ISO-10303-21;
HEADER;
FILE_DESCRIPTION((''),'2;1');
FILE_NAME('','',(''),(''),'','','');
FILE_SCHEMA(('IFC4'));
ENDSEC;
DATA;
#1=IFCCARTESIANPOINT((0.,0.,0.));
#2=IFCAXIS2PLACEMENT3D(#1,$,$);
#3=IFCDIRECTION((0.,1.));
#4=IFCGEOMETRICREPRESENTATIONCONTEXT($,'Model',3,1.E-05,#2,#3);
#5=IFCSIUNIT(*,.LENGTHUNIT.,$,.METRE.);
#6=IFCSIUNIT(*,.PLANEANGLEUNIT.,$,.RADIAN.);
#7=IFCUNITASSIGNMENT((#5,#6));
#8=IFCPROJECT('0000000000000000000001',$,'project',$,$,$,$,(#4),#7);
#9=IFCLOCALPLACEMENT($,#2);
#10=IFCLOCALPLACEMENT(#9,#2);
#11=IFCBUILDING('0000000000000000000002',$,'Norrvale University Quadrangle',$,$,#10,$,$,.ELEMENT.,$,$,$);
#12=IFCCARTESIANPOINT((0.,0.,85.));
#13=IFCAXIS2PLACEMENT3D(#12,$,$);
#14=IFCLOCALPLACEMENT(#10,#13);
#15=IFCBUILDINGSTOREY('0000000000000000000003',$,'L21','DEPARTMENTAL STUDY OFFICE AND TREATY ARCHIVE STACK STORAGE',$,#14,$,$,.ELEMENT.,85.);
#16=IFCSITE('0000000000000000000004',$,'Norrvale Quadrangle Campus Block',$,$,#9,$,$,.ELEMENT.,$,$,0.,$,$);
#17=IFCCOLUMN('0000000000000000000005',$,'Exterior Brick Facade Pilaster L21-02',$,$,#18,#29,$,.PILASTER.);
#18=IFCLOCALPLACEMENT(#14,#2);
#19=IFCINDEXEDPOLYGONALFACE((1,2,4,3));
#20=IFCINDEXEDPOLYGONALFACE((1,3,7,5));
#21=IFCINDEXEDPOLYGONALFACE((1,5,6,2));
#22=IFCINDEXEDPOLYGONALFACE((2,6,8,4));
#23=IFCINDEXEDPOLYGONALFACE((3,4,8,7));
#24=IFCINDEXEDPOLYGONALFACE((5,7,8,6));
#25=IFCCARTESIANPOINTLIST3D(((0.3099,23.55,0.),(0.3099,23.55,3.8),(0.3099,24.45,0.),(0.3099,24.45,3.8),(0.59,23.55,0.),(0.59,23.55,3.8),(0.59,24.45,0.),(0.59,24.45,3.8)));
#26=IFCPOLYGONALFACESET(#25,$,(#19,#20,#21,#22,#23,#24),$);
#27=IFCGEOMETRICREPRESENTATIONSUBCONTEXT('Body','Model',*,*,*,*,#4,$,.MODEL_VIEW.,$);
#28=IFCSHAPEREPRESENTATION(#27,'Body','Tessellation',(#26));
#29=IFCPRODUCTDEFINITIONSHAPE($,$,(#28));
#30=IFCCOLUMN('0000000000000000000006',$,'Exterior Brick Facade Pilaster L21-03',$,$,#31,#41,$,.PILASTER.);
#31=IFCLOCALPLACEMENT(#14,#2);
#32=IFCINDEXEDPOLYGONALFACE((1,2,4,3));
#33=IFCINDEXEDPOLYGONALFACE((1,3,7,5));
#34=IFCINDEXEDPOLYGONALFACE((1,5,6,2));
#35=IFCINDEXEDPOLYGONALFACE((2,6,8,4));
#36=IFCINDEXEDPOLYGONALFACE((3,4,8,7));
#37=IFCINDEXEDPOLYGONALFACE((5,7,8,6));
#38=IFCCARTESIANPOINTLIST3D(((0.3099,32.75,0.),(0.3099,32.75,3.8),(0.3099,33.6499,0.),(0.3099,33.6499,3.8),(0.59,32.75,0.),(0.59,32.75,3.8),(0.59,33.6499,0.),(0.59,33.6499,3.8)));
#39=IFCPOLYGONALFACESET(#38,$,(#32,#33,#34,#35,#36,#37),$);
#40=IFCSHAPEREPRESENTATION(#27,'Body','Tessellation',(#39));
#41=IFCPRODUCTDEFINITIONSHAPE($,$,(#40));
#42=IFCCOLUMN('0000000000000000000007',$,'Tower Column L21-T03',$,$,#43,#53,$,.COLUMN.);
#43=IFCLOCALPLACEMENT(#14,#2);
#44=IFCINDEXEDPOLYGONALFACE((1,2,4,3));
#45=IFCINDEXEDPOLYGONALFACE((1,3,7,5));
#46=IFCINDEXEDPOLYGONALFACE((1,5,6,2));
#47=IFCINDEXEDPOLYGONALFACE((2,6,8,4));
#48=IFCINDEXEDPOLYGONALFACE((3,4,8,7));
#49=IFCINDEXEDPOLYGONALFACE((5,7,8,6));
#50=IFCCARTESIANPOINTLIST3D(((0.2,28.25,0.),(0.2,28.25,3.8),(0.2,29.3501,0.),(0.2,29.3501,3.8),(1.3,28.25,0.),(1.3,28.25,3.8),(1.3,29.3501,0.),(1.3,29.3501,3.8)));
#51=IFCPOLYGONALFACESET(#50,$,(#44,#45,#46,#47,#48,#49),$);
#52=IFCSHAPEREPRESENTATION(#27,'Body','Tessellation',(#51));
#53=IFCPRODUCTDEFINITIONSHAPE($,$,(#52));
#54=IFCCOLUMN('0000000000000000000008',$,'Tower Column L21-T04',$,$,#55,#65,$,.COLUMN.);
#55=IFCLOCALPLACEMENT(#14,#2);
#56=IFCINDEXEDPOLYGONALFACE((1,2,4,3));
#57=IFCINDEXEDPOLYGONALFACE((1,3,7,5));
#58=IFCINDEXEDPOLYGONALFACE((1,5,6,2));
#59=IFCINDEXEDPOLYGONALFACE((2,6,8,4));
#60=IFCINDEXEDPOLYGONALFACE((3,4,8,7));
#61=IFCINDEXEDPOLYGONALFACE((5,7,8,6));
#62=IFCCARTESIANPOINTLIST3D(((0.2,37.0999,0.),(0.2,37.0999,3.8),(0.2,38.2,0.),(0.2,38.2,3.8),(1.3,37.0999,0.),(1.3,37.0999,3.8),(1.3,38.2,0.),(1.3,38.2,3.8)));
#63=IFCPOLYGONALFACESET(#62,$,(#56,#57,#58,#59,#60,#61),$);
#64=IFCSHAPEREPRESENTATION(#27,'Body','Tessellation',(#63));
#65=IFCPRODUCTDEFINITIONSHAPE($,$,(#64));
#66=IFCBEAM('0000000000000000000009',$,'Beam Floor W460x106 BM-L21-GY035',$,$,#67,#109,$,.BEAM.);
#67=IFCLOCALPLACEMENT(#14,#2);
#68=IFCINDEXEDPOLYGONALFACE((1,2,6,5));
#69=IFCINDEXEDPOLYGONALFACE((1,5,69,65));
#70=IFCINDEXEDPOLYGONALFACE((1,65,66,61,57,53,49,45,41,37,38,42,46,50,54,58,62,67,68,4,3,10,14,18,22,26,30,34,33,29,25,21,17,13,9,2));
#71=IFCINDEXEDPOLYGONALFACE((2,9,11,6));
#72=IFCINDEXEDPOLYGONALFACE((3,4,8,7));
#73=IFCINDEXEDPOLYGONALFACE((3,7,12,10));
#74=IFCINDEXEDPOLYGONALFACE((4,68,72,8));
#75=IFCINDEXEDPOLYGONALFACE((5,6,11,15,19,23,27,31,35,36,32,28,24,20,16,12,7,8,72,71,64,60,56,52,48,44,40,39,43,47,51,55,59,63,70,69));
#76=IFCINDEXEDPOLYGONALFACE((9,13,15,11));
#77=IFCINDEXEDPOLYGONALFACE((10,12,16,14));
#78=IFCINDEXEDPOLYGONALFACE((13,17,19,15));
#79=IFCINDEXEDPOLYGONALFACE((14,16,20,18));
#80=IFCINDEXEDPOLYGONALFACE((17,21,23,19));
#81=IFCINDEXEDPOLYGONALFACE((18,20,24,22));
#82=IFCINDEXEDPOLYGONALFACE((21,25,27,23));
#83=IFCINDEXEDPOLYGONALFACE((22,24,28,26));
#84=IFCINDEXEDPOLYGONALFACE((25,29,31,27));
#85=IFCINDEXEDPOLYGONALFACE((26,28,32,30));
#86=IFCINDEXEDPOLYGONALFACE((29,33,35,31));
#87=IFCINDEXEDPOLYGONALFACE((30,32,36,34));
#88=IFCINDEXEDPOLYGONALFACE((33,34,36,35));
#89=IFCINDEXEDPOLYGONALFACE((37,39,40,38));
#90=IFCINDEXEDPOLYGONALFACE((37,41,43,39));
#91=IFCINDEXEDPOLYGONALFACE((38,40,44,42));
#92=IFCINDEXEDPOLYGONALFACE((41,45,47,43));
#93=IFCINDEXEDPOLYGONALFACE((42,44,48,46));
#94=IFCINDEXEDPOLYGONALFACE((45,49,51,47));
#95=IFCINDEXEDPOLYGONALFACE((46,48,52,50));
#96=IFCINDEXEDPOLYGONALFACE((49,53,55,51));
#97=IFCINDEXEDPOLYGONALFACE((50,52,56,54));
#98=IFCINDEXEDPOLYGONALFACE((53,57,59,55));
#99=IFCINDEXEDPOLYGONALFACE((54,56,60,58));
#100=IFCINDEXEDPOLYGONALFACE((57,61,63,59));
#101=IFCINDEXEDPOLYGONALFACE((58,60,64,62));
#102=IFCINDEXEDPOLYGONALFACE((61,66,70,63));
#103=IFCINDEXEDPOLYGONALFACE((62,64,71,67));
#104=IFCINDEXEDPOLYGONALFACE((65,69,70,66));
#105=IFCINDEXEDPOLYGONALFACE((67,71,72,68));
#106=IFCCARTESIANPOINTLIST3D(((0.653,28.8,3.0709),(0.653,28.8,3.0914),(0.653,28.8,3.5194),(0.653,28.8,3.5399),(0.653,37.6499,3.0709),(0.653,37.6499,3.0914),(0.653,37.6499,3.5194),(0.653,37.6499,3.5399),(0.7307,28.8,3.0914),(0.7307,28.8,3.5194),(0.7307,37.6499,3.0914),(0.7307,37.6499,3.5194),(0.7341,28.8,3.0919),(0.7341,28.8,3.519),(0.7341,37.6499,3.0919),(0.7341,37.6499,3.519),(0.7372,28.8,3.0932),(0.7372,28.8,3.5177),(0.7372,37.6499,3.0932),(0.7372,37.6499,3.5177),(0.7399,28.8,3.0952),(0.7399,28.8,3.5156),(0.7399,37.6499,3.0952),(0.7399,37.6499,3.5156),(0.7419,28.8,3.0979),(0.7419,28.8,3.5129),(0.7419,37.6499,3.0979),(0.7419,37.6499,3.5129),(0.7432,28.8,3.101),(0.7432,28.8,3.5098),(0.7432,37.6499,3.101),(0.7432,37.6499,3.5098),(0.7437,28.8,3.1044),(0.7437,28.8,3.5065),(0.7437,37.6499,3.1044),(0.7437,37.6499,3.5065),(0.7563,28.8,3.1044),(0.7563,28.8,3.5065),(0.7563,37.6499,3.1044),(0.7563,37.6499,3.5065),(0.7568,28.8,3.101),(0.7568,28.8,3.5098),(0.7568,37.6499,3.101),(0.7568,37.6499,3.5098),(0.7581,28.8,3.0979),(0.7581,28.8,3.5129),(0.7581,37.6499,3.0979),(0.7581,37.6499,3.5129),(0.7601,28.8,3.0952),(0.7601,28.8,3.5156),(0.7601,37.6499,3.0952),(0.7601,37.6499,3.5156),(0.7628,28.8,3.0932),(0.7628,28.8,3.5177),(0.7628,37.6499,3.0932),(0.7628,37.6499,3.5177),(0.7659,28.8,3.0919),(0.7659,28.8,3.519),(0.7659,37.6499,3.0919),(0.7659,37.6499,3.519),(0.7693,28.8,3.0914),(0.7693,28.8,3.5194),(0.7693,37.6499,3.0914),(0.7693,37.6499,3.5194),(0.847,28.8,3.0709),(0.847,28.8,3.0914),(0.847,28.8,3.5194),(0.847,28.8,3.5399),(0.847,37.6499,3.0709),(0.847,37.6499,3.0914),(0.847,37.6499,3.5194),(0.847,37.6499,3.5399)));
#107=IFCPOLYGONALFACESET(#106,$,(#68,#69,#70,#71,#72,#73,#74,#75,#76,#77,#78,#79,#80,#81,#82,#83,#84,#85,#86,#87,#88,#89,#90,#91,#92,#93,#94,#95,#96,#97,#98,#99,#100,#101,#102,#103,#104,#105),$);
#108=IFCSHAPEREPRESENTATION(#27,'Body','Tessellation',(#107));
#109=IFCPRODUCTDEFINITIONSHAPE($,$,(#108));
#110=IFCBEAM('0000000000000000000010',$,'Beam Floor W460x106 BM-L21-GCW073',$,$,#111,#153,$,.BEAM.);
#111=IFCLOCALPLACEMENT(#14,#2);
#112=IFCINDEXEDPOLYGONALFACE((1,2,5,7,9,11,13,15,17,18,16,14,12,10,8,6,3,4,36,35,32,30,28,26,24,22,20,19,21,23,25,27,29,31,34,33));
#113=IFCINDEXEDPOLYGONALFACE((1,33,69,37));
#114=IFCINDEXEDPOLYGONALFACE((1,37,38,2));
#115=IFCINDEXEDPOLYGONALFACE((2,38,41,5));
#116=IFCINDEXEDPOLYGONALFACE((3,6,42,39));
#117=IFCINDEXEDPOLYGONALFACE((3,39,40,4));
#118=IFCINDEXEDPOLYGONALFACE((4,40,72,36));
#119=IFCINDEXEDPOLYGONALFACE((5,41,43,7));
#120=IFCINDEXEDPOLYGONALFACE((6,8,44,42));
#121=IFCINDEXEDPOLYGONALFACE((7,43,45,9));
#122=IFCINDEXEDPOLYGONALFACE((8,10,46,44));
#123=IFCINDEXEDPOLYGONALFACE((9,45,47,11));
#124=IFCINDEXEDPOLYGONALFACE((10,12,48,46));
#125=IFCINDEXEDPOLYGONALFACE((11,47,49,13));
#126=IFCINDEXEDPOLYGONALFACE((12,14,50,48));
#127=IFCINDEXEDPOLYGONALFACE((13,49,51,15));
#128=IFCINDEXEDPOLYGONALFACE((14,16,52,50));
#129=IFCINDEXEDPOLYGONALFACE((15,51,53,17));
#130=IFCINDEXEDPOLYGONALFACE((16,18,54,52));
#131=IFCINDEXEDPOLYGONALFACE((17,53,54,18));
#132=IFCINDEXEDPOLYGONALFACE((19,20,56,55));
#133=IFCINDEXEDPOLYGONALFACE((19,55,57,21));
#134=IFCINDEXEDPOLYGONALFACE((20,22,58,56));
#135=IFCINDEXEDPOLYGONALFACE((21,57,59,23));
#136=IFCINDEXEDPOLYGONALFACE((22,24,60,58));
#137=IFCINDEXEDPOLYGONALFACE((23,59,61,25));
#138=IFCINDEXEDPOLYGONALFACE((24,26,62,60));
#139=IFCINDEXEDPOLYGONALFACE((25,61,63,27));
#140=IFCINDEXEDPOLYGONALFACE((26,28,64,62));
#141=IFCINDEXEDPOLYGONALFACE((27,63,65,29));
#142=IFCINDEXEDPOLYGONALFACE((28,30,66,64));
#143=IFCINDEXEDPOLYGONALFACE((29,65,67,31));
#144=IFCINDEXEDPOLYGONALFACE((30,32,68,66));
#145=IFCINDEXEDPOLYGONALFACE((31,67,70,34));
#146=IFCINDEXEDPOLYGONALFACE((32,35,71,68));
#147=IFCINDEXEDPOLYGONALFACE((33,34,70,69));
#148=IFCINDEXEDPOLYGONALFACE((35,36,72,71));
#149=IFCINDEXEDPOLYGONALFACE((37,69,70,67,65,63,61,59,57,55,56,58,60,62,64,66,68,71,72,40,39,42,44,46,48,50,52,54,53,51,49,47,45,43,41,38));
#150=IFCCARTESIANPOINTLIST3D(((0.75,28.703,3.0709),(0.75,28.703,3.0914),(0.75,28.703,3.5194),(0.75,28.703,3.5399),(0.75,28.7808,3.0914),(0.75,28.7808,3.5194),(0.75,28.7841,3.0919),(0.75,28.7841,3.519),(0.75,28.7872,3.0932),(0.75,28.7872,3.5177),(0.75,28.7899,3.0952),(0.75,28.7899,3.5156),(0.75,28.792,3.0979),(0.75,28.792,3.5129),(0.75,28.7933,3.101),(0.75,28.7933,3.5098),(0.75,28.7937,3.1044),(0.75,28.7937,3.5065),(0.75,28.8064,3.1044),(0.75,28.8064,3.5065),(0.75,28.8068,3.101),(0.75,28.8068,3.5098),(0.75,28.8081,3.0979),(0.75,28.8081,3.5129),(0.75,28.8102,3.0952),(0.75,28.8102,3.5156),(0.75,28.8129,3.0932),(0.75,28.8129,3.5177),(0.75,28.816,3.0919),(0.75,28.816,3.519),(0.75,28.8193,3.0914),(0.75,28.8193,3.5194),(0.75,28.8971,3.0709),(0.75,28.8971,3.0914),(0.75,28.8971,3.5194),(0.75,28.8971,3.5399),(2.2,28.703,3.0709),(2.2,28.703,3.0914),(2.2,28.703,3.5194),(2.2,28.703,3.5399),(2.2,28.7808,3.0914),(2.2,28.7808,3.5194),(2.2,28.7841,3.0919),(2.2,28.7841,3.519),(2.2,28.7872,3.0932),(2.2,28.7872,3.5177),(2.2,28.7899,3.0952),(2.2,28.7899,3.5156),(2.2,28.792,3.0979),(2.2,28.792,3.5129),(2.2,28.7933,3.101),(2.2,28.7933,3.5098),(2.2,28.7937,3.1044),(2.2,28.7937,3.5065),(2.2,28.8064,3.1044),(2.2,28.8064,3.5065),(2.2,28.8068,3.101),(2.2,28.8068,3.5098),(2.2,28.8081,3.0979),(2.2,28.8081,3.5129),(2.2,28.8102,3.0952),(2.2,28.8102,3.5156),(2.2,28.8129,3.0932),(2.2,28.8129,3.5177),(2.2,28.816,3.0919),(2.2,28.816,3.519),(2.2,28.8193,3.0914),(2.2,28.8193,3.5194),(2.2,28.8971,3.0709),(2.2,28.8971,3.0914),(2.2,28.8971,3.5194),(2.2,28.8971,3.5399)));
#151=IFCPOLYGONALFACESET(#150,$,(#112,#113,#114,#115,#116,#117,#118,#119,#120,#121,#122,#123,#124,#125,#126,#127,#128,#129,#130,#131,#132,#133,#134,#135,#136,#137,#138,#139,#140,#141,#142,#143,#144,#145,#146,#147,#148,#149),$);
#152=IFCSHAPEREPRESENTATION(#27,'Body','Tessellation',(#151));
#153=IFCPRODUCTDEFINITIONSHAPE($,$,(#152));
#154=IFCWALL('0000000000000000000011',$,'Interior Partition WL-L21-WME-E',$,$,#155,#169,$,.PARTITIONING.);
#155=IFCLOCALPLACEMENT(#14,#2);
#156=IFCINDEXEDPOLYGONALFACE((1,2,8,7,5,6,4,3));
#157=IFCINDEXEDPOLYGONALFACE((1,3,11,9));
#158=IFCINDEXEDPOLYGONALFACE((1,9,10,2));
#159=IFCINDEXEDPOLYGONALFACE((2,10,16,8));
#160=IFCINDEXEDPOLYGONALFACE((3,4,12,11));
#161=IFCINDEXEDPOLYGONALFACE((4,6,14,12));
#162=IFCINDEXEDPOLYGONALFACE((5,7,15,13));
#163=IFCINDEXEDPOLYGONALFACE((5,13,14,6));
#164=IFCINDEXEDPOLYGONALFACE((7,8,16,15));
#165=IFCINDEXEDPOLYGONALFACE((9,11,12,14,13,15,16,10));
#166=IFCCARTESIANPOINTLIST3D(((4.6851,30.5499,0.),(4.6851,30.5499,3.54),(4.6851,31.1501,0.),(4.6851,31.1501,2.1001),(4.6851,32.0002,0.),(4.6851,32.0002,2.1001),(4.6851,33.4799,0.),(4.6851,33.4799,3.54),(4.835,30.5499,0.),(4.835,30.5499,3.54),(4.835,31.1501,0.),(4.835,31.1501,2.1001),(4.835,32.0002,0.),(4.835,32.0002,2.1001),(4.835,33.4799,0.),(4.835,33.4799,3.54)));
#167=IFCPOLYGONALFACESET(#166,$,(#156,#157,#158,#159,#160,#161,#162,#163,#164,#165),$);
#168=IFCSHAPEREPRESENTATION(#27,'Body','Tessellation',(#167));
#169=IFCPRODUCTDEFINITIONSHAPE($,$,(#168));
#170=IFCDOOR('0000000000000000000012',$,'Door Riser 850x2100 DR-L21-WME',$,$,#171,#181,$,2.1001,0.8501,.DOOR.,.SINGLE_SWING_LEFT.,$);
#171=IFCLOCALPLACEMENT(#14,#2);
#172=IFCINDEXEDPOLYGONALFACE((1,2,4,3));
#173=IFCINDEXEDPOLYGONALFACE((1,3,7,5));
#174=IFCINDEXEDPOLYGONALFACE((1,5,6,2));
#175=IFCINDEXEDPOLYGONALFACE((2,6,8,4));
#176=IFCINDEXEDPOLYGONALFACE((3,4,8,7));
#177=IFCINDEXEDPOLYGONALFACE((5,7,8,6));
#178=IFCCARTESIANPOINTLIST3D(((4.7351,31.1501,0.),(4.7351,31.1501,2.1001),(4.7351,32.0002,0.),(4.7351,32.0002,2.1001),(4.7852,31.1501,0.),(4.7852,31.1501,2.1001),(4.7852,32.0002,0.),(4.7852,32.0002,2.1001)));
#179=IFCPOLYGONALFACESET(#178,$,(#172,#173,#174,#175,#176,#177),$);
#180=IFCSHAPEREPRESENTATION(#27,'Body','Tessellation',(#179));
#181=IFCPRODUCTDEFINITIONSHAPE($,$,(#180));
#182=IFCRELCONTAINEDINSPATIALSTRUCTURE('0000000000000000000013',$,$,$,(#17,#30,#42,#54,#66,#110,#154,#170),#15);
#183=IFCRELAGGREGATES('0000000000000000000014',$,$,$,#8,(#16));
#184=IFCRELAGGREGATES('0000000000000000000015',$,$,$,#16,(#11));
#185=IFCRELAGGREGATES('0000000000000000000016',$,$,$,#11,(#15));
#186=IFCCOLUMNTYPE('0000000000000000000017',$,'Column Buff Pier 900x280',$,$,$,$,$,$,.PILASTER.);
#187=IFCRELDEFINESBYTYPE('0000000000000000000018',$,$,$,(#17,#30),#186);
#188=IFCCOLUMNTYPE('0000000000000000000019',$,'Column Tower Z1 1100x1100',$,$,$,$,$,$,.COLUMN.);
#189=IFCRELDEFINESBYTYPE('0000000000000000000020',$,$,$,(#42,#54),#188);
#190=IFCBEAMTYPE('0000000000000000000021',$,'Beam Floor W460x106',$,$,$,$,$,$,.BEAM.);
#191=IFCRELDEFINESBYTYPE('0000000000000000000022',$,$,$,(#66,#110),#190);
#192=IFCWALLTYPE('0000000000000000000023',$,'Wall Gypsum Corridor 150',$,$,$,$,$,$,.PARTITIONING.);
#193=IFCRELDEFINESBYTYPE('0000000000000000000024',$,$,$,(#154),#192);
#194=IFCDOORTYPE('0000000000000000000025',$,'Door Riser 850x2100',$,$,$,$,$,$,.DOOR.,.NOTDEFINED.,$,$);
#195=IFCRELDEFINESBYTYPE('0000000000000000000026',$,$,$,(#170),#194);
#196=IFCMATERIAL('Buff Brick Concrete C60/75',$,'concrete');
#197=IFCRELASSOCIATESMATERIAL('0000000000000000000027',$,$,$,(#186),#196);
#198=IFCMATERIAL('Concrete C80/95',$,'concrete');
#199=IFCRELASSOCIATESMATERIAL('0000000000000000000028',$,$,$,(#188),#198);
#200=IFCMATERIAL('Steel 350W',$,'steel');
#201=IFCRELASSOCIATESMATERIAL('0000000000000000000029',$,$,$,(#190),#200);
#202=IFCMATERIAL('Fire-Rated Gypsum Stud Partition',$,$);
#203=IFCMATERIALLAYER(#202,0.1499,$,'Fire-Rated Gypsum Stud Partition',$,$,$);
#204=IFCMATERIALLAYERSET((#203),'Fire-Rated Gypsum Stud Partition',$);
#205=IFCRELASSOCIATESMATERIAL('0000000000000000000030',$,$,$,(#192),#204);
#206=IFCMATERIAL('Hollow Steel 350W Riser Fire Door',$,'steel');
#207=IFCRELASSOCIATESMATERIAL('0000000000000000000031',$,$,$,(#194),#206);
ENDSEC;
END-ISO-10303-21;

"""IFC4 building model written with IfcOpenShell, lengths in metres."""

from ifc_helpers import new_model, si_unit, direction, frame, frame_2d, origin, origin_2d, place, context, subcontext, project, spatial, rectangle, i_section, extrude, material, layer, layer_set, material_profile, profile_set, type_object, element, fill, save


model = new_model("IFC4")

# Units and contexts
model_context = context("Model", 3, precision=1e-05, world=origin(), true_north=direction((0.0, 1.0)))
body_context = subcontext(model_context, "Body", "Model", "MODEL_VIEW")
ifc_project = project(units=[si_unit("LENGTHUNIT", "METRE"), si_unit("PLANEANGLEUNIT", "RADIAN")], contexts=[model_context])

# Site, building, storey
site_placement = place(None, origin())
site = spatial("IfcSite", under=ifc_project, at=site_placement, Name="Norrvale Quadrangle Campus Block", CompositionType="ELEMENT", RefElevation=0.0)
building_placement = place(site_placement, origin())
building = spatial("IfcBuilding", under=site, at=building_placement, Name="Norrvale University Quadrangle", CompositionType="ELEMENT")
storey_placement = place(building_placement, frame((0.0, 0.0, 85.0)))
storey = spatial("IfcBuildingStorey", under=building, at=storey_placement, Name="L21", Description="DEPARTMENTAL STUDY OFFICE AND TREATY ARCHIVE STACK STORAGE", CompositionType="ELEMENT", Elevation=85.0)

# Columns
ifc_material_1 = material(Name="Buff Brick Concrete C60/75", Category="concrete")
ifc_material_profile_1 = material_profile(ifc_material_1, rectangle(XDim=0.8999, YDim=0.28, at=origin_2d()), Name="Buff Brick Concrete C60/75")
ifc_profile_set_1 = profile_set([ifc_material_profile_1], Name="Buff Brick Concrete C60/75")
column_type_1 = type_object("IfcColumnType", Name="Column Buff Pier 900x280", PredefinedType="PILASTER", material=ifc_profile_set_1)
for number, where, z_axis, x_axis, name in (
    (1, (0.45, 24.0, 0.0), (0.0, 0.0, 1.0), (0.0, 1.0, 0.0), "Exterior Brick Facade Pilaster L21-02"),
    (2, (0.45, 33.2, 0.0), (0.0, 0.0, 1.0), (0.0, 1.0, 0.0), "Exterior Brick Facade Pilaster L21-03"),
):
    element("IfcColumn", number, at=place(storey_placement, frame(where, z_axis=z_axis, x_axis=x_axis)), inside=storey, type_object=column_type_1, Name=name, PredefinedType="PILASTER", context=body_context, shape_type="SweptSolid", body=[
        extrude(rectangle(XDim=0.8999, YDim=0.28, at=origin_2d()), origin(), (0.0, 0.0, 1.0), 3.8),
    ])
ifc_material_2 = material(Name="Concrete C80/95", Category="concrete")
ifc_material_profile_2 = material_profile(ifc_material_2, rectangle(XDim=1.1001, YDim=1.1001, at=origin_2d()), Name="Concrete C80/95")
ifc_profile_set_2 = profile_set([ifc_material_profile_2], Name="Concrete C80/95")
column_type_2 = type_object("IfcColumnType", Name="Column Tower Z1 1100x1100", PredefinedType="COLUMN", material=ifc_profile_set_2)
for number, where, z_axis, x_axis, name in (
    (3, (0.75, 28.8, 0.0), (0.0, 0.0, 1.0), (1.0, 0.0, 0.0), "Tower Column L21-T03"),
    (4, (0.75, 37.6499, 0.0), (0.0, 0.0, 1.0), (1.0, 0.0, 0.0), "Tower Column L21-T04"),
):
    element("IfcColumn", number, at=place(storey_placement, frame(where, z_axis=z_axis, x_axis=x_axis)), inside=storey, type_object=column_type_2, Name=name, PredefinedType="COLUMN", context=body_context, shape_type="SweptSolid", body=[
        extrude(rectangle(XDim=1.1001, YDim=1.1001, at=origin_2d()), origin(), (0.0, 0.0, 1.0), 3.8),
    ])

# Beams
ifc_material_3 = material(Name="Steel 350W", Category="steel")
ifc_material_profile_3 = material_profile(ifc_material_3, i_section(OverallWidth=0.1941, OverallDepth=0.469, WebThickness=0.0127, FlangeThickness=0.0205, FilletRadius=0.0129, at=origin_2d()), Name="Steel 350W")
ifc_profile_set_3 = profile_set([ifc_material_profile_3], Name="Steel 350W")
beam_type = type_object("IfcBeamType", Name="Beam Floor W460x106", PredefinedType="BEAM", material=ifc_profile_set_3)
beam_1_placement = place(storey_placement, frame((0.75, 28.8, 3.3054), z_axis=(0.0, 1.0, 0.0), x_axis=(-1.0, 0.0, 0.0)))
element("IfcBeam", 5, at=beam_1_placement, inside=storey, type_object=beam_type, Name="Beam Floor W460x106 BM-L21-GY035", PredefinedType="BEAM", context=body_context, shape_type="SweptSolid", body=[
    extrude(i_section(OverallWidth=0.1941, OverallDepth=0.469, WebThickness=0.0127, FlangeThickness=0.0205, FilletRadius=0.0129, at=origin_2d()), origin(), (0.0, 0.0, 1.0), 8.8499),
])
beam_2_placement = place(storey_placement, frame((0.75, 28.8, 3.3054), z_axis=(1.0, 0.0, 0.0), x_axis=(0.0, 1.0, 0.0)))
element("IfcBeam", 6, at=beam_2_placement, inside=storey, type_object=beam_type, Name="Beam Floor W460x106 BM-L21-GCW073", PredefinedType="BEAM", context=body_context, shape_type="SweptSolid", body=[
    extrude(i_section(OverallWidth=0.1941, OverallDepth=0.469, WebThickness=0.0127, FlangeThickness=0.0205, FilletRadius=0.0129, at=origin_2d()), origin(), (0.0, 0.0, 1.0), 1.45),
])

# Wall, opening, door
ifc_material_4 = material(Name="Fire-Rated Gypsum Stud Partition")
ifc_layer_1 = layer(ifc_material_4, 0.1499, Name="Fire-Rated Gypsum Stud Partition")
ifc_layer_set_1 = layer_set([ifc_layer_1], Name="Fire-Rated Gypsum Stud Partition")
wall_type_1 = type_object("IfcWallType", Name="Wall Gypsum Corridor 150", PredefinedType="PARTITIONING", material=ifc_layer_set_1)
wall_1_placement = place(storey_placement, frame((4.76, 30.55, 0.0), z_axis=(0.0, 0.0, 1.0), x_axis=(0.0, 1.0, 0.0)))
wall_1 = element("IfcWall", 7, at=wall_1_placement, inside=storey, type_object=wall_type_1, Name="Interior Partition WL-L21-WME-E", PredefinedType="PARTITIONING", context=body_context, shape_type="SweptSolid", body=[
    extrude(rectangle(XDim=2.9299, YDim=0.1499, at=frame_2d((1.4648, 0.0))), origin(), (0.0, 0.0, 1.0), 3.54),
])
opening_1_placement = place(wall_1_placement, frame((0.6001, 0.0, 0.0)))
opening_1 = element("IfcOpeningElement", 8, at=opening_1_placement, cuts=wall_1, PredefinedType="OPENING", context=body_context, shape_type="SweptSolid", body=[
    extrude(rectangle(XDim=0.8501, YDim=2.1001, at=frame_2d((0.425, 1.05))), frame((0.0, 0.0869, 0.0), z_axis=(0.0, -1.0, 0.0), x_axis=(1.0, 0.0, 0.0)), (0.0, 0.0, 1.0), 0.1738),
])
ifc_material_5 = material(Name="Hollow Steel 350W Riser Fire Door", Category="steel")
door_type_1 = type_object("IfcDoorType", Name="Door Riser 850x2100", OperationType="NOTDEFINED", PredefinedType="DOOR", material=ifc_material_5)
door_1_placement = place(opening_1_placement, origin())
door_1 = element("IfcDoor", 9, at=door_1_placement, inside=storey, type_object=door_type_1, Name="Door Riser 850x2100 DR-L21-WME", OperationType="SINGLE_SWING_LEFT", OverallHeight=2.1001, OverallWidth=0.8501, PredefinedType="DOOR", context=body_context, shape_type="SweptSolid", body=[
    extrude(rectangle(XDim=0.8501, YDim=2.1001, at=frame_2d((0.425, 1.05))), frame((0.0, 0.0249, 0.0), z_axis=(0.0, -1.0, 0.0), x_axis=(1.0, 0.0, 0.0)), (0.0, 0.0, 1.0), 0.05),
])
fill(opening_1, door_1)

save(model, "model.ifc")
